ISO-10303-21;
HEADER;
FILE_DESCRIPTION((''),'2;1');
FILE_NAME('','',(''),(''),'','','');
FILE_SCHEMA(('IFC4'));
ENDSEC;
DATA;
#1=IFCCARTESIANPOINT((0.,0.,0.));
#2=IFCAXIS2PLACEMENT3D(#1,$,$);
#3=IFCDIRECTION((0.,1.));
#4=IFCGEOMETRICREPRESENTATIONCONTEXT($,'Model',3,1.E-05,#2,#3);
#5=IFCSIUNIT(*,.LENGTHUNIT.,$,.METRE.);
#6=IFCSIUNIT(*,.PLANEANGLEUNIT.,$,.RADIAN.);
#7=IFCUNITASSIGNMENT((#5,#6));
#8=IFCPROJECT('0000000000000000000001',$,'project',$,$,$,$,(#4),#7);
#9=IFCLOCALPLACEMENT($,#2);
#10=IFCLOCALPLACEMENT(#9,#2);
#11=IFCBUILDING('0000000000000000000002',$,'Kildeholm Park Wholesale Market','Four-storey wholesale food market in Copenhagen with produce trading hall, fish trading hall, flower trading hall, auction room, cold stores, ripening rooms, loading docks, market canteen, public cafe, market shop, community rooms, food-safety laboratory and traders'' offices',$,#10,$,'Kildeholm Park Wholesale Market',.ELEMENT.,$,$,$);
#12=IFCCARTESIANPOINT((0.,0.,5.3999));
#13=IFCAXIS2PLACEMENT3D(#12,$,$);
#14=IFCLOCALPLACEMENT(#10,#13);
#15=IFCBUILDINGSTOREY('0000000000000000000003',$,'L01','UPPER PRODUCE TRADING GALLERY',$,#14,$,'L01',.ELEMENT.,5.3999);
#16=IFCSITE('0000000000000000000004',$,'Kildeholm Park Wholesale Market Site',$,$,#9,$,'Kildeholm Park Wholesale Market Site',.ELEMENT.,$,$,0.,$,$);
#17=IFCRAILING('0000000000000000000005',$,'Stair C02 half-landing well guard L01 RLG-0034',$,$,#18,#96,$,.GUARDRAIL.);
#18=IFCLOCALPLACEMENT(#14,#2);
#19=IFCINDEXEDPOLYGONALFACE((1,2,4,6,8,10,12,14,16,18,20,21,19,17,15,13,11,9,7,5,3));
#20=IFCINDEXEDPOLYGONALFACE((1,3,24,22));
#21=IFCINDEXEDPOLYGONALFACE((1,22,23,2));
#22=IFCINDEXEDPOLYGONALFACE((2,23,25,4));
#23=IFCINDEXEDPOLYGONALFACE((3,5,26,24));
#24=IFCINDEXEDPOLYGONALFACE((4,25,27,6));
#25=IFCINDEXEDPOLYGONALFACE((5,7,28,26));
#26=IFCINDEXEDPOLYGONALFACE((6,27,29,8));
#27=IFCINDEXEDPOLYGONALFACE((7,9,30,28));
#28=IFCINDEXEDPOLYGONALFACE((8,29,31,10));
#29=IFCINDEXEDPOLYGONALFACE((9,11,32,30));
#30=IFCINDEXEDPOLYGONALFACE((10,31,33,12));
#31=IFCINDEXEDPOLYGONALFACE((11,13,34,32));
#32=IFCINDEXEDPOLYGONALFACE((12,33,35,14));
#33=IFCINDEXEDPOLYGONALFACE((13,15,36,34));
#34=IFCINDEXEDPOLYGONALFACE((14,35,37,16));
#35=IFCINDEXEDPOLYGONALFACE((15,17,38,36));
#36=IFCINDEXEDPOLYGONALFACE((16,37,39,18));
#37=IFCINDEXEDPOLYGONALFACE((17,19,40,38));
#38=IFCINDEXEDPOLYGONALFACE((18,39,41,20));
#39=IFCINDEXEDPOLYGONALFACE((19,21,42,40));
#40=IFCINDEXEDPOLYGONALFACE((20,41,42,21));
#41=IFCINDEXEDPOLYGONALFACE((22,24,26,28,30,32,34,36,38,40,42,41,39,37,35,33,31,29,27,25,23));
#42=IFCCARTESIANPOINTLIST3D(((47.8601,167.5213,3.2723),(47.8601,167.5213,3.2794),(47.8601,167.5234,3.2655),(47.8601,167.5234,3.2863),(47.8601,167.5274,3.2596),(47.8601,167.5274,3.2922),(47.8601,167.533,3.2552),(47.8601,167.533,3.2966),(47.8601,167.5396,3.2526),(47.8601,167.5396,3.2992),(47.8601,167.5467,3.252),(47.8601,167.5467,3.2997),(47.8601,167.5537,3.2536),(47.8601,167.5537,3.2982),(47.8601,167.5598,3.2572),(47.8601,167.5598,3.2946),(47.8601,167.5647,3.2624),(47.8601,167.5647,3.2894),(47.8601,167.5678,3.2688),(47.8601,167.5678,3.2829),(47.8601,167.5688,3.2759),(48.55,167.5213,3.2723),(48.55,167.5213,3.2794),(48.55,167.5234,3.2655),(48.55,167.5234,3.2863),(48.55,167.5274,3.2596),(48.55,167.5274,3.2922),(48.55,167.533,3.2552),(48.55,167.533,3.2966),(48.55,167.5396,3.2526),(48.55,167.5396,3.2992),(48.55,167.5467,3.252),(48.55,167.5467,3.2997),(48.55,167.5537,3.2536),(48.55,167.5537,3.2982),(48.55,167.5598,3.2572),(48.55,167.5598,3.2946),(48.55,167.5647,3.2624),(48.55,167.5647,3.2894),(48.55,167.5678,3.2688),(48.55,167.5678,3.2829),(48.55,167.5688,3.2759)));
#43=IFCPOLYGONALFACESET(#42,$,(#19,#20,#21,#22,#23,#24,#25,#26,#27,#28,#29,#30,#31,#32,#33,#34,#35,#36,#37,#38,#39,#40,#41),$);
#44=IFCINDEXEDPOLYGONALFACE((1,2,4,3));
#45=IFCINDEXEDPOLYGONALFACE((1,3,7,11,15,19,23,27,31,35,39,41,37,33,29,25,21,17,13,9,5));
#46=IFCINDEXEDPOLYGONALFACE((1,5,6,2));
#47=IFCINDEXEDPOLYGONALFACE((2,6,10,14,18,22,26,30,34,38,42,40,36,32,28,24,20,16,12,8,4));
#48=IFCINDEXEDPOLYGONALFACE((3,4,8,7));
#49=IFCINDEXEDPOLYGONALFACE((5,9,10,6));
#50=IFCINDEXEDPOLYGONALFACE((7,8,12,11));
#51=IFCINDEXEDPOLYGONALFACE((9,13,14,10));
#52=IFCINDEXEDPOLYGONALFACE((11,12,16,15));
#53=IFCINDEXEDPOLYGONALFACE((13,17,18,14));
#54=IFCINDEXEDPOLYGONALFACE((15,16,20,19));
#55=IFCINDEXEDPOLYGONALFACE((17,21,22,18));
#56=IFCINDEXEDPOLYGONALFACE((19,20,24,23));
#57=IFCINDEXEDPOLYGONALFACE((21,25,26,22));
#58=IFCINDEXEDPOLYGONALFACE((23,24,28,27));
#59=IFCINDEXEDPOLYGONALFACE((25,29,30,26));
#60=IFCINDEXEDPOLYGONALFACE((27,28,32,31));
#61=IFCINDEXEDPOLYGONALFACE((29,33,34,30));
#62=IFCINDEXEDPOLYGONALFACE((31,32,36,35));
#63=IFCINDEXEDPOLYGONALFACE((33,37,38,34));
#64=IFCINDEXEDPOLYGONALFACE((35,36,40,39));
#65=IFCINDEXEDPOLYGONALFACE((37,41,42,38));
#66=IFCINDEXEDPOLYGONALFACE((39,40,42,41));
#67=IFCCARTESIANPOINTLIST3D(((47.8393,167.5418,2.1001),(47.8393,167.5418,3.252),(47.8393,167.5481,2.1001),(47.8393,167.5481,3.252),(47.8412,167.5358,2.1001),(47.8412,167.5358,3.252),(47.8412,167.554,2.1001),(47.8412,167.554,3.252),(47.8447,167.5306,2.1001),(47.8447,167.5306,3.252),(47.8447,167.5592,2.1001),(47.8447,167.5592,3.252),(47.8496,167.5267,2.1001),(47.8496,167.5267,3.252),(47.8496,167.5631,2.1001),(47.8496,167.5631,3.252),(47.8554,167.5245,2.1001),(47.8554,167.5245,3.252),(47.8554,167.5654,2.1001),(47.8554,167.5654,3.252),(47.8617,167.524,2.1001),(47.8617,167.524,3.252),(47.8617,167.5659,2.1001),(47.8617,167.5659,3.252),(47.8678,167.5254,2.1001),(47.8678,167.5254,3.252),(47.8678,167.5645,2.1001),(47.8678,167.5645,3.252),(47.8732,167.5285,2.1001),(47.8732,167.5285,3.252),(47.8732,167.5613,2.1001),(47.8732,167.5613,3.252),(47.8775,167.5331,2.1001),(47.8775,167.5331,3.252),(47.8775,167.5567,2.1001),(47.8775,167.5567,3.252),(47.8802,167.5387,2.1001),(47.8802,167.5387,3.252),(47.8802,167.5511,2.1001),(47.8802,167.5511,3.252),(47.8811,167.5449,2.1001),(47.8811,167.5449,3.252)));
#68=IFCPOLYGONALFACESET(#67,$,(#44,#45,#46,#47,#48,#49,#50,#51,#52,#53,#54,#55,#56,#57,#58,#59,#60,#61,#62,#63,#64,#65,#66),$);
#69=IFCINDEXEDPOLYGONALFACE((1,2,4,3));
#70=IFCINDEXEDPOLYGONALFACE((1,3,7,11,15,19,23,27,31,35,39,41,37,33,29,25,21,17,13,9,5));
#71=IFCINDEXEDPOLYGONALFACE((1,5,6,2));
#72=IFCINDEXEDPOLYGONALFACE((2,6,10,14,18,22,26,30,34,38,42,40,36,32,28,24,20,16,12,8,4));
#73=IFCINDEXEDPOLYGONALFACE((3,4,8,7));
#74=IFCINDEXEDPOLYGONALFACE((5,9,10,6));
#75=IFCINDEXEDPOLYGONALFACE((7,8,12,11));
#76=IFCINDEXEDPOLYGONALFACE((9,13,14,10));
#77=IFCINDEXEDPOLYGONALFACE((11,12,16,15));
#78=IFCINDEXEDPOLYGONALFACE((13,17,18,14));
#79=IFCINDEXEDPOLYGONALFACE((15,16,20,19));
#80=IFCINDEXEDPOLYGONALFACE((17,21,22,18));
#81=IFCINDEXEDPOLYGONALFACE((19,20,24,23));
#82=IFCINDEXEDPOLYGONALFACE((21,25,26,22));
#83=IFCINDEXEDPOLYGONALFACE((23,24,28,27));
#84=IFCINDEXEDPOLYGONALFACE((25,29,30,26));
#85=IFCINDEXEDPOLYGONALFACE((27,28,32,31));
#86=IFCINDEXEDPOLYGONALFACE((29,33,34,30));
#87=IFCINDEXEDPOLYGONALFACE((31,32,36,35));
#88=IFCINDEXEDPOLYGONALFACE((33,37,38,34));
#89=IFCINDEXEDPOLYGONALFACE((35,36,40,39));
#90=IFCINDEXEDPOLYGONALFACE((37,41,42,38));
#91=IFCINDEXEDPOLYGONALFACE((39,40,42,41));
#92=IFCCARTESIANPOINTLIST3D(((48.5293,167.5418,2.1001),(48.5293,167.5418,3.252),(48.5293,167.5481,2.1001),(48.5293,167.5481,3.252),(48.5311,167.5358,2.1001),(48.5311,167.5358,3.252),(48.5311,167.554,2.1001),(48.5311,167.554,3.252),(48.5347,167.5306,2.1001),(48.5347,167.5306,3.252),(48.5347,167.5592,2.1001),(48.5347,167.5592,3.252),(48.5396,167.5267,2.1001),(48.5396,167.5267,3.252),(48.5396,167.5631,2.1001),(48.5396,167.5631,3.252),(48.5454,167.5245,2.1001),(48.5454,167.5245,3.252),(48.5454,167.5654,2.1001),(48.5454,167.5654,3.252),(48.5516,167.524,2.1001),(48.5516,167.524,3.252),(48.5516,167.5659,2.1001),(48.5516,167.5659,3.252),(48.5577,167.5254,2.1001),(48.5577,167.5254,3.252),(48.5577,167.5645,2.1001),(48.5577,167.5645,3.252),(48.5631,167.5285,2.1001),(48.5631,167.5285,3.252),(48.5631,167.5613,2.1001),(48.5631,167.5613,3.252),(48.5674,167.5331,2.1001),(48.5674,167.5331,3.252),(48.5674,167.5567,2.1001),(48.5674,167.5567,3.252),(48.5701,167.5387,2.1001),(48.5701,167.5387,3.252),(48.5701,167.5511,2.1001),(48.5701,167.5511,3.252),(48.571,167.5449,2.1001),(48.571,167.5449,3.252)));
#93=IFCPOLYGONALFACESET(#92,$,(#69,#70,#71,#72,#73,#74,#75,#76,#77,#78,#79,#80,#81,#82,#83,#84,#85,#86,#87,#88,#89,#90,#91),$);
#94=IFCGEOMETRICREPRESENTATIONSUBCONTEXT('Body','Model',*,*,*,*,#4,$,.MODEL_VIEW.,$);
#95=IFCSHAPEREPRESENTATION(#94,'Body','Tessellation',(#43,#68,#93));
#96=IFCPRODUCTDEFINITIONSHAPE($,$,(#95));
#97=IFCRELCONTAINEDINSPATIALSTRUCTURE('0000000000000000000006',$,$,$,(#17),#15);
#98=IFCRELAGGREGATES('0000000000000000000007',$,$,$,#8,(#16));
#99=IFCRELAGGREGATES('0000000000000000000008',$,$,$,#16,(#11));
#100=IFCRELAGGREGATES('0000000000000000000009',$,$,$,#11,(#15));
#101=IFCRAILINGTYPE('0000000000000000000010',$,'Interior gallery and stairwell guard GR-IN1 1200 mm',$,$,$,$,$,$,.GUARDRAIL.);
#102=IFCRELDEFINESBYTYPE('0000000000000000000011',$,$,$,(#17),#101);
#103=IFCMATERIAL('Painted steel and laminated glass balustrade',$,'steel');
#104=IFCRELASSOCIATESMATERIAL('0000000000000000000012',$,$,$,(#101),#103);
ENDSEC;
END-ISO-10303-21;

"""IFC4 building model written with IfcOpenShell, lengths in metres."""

from ifc_helpers import new_model, si_unit, direction, frame, origin, origin_2d, place, context, subcontext, project, spatial, circle, extrude, material, type_object, element, save


model = new_model("IFC4")

# Units and contexts
model_context = context("Model", 3, precision=1e-05, world=origin(), true_north=direction((0.0, 1.0)))
body_context = subcontext(model_context, "Body", "Model", "MODEL_VIEW")
ifc_project = project(units=[si_unit("LENGTHUNIT", "METRE"), si_unit("PLANEANGLEUNIT", "RADIAN")], contexts=[model_context])

# Site, building, storey
site_placement = place(None, origin())
site = spatial("IfcSite", under=ifc_project, at=site_placement, Name="Kildeholm Park Wholesale Market Site", LongName="Kildeholm Park Wholesale Market Site", CompositionType="ELEMENT", RefElevation=0.0)
building_placement = place(site_placement, origin())
building = spatial("IfcBuilding", under=site, at=building_placement, Name="Kildeholm Park Wholesale Market", Description="Four-storey wholesale food market in Copenhagen with produce trading hall, fish trading hall, flower trading hall, auction room, cold stores, ripening rooms, loading docks, market canteen, public cafe, market shop, community rooms, food-safety laboratory and traders' offices", LongName="Kildeholm Park Wholesale Market", CompositionType="ELEMENT")
storey_placement = place(building_placement, frame((0.0, 0.0, 5.3999)))
storey = spatial("IfcBuildingStorey", under=building, at=storey_placement, Name="L01", Description="UPPER PRODUCE TRADING GALLERY", LongName="L01", CompositionType="ELEMENT", Elevation=5.3999)

# Railing
ifc_material_1 = material(Name="Painted steel and laminated glass balustrade", Category="steel")
railing_type_1 = type_object("IfcRailingType", Name="Interior gallery and stairwell guard GR-IN1 1200 mm", PredefinedType="GUARDRAIL", material=ifc_material_1)
railing_1_placement = place(storey_placement, frame((47.8601, 167.5449, 2.1001)))
element("IfcRailing", 1, at=railing_1_placement, inside=storey, type_object=railing_type_1, Name="Stair C02 half-landing well guard L01 RLG-0034", PredefinedType="GUARDRAIL", context=body_context, shape_type="SweptSolid", body=[
    extrude(circle(Radius=0.0239, at=origin_2d()), frame((0.0, 0.0, 1.1758), z_axis=(1.0, 0.0, 0.0), x_axis=(0.0, 1.0, 0.0)), (0.0, 0.0, 1.0), 0.6899),
    extrude(circle(Radius=0.021, at=origin_2d()), origin(), (0.0, 0.0, 1.0), 1.1519),
    extrude(circle(Radius=0.021, at=origin_2d()), frame((0.6899, 0.0, 0.0)), (0.0, 0.0, 1.0), 1.1519),
])

save(model, "model.ifc")
